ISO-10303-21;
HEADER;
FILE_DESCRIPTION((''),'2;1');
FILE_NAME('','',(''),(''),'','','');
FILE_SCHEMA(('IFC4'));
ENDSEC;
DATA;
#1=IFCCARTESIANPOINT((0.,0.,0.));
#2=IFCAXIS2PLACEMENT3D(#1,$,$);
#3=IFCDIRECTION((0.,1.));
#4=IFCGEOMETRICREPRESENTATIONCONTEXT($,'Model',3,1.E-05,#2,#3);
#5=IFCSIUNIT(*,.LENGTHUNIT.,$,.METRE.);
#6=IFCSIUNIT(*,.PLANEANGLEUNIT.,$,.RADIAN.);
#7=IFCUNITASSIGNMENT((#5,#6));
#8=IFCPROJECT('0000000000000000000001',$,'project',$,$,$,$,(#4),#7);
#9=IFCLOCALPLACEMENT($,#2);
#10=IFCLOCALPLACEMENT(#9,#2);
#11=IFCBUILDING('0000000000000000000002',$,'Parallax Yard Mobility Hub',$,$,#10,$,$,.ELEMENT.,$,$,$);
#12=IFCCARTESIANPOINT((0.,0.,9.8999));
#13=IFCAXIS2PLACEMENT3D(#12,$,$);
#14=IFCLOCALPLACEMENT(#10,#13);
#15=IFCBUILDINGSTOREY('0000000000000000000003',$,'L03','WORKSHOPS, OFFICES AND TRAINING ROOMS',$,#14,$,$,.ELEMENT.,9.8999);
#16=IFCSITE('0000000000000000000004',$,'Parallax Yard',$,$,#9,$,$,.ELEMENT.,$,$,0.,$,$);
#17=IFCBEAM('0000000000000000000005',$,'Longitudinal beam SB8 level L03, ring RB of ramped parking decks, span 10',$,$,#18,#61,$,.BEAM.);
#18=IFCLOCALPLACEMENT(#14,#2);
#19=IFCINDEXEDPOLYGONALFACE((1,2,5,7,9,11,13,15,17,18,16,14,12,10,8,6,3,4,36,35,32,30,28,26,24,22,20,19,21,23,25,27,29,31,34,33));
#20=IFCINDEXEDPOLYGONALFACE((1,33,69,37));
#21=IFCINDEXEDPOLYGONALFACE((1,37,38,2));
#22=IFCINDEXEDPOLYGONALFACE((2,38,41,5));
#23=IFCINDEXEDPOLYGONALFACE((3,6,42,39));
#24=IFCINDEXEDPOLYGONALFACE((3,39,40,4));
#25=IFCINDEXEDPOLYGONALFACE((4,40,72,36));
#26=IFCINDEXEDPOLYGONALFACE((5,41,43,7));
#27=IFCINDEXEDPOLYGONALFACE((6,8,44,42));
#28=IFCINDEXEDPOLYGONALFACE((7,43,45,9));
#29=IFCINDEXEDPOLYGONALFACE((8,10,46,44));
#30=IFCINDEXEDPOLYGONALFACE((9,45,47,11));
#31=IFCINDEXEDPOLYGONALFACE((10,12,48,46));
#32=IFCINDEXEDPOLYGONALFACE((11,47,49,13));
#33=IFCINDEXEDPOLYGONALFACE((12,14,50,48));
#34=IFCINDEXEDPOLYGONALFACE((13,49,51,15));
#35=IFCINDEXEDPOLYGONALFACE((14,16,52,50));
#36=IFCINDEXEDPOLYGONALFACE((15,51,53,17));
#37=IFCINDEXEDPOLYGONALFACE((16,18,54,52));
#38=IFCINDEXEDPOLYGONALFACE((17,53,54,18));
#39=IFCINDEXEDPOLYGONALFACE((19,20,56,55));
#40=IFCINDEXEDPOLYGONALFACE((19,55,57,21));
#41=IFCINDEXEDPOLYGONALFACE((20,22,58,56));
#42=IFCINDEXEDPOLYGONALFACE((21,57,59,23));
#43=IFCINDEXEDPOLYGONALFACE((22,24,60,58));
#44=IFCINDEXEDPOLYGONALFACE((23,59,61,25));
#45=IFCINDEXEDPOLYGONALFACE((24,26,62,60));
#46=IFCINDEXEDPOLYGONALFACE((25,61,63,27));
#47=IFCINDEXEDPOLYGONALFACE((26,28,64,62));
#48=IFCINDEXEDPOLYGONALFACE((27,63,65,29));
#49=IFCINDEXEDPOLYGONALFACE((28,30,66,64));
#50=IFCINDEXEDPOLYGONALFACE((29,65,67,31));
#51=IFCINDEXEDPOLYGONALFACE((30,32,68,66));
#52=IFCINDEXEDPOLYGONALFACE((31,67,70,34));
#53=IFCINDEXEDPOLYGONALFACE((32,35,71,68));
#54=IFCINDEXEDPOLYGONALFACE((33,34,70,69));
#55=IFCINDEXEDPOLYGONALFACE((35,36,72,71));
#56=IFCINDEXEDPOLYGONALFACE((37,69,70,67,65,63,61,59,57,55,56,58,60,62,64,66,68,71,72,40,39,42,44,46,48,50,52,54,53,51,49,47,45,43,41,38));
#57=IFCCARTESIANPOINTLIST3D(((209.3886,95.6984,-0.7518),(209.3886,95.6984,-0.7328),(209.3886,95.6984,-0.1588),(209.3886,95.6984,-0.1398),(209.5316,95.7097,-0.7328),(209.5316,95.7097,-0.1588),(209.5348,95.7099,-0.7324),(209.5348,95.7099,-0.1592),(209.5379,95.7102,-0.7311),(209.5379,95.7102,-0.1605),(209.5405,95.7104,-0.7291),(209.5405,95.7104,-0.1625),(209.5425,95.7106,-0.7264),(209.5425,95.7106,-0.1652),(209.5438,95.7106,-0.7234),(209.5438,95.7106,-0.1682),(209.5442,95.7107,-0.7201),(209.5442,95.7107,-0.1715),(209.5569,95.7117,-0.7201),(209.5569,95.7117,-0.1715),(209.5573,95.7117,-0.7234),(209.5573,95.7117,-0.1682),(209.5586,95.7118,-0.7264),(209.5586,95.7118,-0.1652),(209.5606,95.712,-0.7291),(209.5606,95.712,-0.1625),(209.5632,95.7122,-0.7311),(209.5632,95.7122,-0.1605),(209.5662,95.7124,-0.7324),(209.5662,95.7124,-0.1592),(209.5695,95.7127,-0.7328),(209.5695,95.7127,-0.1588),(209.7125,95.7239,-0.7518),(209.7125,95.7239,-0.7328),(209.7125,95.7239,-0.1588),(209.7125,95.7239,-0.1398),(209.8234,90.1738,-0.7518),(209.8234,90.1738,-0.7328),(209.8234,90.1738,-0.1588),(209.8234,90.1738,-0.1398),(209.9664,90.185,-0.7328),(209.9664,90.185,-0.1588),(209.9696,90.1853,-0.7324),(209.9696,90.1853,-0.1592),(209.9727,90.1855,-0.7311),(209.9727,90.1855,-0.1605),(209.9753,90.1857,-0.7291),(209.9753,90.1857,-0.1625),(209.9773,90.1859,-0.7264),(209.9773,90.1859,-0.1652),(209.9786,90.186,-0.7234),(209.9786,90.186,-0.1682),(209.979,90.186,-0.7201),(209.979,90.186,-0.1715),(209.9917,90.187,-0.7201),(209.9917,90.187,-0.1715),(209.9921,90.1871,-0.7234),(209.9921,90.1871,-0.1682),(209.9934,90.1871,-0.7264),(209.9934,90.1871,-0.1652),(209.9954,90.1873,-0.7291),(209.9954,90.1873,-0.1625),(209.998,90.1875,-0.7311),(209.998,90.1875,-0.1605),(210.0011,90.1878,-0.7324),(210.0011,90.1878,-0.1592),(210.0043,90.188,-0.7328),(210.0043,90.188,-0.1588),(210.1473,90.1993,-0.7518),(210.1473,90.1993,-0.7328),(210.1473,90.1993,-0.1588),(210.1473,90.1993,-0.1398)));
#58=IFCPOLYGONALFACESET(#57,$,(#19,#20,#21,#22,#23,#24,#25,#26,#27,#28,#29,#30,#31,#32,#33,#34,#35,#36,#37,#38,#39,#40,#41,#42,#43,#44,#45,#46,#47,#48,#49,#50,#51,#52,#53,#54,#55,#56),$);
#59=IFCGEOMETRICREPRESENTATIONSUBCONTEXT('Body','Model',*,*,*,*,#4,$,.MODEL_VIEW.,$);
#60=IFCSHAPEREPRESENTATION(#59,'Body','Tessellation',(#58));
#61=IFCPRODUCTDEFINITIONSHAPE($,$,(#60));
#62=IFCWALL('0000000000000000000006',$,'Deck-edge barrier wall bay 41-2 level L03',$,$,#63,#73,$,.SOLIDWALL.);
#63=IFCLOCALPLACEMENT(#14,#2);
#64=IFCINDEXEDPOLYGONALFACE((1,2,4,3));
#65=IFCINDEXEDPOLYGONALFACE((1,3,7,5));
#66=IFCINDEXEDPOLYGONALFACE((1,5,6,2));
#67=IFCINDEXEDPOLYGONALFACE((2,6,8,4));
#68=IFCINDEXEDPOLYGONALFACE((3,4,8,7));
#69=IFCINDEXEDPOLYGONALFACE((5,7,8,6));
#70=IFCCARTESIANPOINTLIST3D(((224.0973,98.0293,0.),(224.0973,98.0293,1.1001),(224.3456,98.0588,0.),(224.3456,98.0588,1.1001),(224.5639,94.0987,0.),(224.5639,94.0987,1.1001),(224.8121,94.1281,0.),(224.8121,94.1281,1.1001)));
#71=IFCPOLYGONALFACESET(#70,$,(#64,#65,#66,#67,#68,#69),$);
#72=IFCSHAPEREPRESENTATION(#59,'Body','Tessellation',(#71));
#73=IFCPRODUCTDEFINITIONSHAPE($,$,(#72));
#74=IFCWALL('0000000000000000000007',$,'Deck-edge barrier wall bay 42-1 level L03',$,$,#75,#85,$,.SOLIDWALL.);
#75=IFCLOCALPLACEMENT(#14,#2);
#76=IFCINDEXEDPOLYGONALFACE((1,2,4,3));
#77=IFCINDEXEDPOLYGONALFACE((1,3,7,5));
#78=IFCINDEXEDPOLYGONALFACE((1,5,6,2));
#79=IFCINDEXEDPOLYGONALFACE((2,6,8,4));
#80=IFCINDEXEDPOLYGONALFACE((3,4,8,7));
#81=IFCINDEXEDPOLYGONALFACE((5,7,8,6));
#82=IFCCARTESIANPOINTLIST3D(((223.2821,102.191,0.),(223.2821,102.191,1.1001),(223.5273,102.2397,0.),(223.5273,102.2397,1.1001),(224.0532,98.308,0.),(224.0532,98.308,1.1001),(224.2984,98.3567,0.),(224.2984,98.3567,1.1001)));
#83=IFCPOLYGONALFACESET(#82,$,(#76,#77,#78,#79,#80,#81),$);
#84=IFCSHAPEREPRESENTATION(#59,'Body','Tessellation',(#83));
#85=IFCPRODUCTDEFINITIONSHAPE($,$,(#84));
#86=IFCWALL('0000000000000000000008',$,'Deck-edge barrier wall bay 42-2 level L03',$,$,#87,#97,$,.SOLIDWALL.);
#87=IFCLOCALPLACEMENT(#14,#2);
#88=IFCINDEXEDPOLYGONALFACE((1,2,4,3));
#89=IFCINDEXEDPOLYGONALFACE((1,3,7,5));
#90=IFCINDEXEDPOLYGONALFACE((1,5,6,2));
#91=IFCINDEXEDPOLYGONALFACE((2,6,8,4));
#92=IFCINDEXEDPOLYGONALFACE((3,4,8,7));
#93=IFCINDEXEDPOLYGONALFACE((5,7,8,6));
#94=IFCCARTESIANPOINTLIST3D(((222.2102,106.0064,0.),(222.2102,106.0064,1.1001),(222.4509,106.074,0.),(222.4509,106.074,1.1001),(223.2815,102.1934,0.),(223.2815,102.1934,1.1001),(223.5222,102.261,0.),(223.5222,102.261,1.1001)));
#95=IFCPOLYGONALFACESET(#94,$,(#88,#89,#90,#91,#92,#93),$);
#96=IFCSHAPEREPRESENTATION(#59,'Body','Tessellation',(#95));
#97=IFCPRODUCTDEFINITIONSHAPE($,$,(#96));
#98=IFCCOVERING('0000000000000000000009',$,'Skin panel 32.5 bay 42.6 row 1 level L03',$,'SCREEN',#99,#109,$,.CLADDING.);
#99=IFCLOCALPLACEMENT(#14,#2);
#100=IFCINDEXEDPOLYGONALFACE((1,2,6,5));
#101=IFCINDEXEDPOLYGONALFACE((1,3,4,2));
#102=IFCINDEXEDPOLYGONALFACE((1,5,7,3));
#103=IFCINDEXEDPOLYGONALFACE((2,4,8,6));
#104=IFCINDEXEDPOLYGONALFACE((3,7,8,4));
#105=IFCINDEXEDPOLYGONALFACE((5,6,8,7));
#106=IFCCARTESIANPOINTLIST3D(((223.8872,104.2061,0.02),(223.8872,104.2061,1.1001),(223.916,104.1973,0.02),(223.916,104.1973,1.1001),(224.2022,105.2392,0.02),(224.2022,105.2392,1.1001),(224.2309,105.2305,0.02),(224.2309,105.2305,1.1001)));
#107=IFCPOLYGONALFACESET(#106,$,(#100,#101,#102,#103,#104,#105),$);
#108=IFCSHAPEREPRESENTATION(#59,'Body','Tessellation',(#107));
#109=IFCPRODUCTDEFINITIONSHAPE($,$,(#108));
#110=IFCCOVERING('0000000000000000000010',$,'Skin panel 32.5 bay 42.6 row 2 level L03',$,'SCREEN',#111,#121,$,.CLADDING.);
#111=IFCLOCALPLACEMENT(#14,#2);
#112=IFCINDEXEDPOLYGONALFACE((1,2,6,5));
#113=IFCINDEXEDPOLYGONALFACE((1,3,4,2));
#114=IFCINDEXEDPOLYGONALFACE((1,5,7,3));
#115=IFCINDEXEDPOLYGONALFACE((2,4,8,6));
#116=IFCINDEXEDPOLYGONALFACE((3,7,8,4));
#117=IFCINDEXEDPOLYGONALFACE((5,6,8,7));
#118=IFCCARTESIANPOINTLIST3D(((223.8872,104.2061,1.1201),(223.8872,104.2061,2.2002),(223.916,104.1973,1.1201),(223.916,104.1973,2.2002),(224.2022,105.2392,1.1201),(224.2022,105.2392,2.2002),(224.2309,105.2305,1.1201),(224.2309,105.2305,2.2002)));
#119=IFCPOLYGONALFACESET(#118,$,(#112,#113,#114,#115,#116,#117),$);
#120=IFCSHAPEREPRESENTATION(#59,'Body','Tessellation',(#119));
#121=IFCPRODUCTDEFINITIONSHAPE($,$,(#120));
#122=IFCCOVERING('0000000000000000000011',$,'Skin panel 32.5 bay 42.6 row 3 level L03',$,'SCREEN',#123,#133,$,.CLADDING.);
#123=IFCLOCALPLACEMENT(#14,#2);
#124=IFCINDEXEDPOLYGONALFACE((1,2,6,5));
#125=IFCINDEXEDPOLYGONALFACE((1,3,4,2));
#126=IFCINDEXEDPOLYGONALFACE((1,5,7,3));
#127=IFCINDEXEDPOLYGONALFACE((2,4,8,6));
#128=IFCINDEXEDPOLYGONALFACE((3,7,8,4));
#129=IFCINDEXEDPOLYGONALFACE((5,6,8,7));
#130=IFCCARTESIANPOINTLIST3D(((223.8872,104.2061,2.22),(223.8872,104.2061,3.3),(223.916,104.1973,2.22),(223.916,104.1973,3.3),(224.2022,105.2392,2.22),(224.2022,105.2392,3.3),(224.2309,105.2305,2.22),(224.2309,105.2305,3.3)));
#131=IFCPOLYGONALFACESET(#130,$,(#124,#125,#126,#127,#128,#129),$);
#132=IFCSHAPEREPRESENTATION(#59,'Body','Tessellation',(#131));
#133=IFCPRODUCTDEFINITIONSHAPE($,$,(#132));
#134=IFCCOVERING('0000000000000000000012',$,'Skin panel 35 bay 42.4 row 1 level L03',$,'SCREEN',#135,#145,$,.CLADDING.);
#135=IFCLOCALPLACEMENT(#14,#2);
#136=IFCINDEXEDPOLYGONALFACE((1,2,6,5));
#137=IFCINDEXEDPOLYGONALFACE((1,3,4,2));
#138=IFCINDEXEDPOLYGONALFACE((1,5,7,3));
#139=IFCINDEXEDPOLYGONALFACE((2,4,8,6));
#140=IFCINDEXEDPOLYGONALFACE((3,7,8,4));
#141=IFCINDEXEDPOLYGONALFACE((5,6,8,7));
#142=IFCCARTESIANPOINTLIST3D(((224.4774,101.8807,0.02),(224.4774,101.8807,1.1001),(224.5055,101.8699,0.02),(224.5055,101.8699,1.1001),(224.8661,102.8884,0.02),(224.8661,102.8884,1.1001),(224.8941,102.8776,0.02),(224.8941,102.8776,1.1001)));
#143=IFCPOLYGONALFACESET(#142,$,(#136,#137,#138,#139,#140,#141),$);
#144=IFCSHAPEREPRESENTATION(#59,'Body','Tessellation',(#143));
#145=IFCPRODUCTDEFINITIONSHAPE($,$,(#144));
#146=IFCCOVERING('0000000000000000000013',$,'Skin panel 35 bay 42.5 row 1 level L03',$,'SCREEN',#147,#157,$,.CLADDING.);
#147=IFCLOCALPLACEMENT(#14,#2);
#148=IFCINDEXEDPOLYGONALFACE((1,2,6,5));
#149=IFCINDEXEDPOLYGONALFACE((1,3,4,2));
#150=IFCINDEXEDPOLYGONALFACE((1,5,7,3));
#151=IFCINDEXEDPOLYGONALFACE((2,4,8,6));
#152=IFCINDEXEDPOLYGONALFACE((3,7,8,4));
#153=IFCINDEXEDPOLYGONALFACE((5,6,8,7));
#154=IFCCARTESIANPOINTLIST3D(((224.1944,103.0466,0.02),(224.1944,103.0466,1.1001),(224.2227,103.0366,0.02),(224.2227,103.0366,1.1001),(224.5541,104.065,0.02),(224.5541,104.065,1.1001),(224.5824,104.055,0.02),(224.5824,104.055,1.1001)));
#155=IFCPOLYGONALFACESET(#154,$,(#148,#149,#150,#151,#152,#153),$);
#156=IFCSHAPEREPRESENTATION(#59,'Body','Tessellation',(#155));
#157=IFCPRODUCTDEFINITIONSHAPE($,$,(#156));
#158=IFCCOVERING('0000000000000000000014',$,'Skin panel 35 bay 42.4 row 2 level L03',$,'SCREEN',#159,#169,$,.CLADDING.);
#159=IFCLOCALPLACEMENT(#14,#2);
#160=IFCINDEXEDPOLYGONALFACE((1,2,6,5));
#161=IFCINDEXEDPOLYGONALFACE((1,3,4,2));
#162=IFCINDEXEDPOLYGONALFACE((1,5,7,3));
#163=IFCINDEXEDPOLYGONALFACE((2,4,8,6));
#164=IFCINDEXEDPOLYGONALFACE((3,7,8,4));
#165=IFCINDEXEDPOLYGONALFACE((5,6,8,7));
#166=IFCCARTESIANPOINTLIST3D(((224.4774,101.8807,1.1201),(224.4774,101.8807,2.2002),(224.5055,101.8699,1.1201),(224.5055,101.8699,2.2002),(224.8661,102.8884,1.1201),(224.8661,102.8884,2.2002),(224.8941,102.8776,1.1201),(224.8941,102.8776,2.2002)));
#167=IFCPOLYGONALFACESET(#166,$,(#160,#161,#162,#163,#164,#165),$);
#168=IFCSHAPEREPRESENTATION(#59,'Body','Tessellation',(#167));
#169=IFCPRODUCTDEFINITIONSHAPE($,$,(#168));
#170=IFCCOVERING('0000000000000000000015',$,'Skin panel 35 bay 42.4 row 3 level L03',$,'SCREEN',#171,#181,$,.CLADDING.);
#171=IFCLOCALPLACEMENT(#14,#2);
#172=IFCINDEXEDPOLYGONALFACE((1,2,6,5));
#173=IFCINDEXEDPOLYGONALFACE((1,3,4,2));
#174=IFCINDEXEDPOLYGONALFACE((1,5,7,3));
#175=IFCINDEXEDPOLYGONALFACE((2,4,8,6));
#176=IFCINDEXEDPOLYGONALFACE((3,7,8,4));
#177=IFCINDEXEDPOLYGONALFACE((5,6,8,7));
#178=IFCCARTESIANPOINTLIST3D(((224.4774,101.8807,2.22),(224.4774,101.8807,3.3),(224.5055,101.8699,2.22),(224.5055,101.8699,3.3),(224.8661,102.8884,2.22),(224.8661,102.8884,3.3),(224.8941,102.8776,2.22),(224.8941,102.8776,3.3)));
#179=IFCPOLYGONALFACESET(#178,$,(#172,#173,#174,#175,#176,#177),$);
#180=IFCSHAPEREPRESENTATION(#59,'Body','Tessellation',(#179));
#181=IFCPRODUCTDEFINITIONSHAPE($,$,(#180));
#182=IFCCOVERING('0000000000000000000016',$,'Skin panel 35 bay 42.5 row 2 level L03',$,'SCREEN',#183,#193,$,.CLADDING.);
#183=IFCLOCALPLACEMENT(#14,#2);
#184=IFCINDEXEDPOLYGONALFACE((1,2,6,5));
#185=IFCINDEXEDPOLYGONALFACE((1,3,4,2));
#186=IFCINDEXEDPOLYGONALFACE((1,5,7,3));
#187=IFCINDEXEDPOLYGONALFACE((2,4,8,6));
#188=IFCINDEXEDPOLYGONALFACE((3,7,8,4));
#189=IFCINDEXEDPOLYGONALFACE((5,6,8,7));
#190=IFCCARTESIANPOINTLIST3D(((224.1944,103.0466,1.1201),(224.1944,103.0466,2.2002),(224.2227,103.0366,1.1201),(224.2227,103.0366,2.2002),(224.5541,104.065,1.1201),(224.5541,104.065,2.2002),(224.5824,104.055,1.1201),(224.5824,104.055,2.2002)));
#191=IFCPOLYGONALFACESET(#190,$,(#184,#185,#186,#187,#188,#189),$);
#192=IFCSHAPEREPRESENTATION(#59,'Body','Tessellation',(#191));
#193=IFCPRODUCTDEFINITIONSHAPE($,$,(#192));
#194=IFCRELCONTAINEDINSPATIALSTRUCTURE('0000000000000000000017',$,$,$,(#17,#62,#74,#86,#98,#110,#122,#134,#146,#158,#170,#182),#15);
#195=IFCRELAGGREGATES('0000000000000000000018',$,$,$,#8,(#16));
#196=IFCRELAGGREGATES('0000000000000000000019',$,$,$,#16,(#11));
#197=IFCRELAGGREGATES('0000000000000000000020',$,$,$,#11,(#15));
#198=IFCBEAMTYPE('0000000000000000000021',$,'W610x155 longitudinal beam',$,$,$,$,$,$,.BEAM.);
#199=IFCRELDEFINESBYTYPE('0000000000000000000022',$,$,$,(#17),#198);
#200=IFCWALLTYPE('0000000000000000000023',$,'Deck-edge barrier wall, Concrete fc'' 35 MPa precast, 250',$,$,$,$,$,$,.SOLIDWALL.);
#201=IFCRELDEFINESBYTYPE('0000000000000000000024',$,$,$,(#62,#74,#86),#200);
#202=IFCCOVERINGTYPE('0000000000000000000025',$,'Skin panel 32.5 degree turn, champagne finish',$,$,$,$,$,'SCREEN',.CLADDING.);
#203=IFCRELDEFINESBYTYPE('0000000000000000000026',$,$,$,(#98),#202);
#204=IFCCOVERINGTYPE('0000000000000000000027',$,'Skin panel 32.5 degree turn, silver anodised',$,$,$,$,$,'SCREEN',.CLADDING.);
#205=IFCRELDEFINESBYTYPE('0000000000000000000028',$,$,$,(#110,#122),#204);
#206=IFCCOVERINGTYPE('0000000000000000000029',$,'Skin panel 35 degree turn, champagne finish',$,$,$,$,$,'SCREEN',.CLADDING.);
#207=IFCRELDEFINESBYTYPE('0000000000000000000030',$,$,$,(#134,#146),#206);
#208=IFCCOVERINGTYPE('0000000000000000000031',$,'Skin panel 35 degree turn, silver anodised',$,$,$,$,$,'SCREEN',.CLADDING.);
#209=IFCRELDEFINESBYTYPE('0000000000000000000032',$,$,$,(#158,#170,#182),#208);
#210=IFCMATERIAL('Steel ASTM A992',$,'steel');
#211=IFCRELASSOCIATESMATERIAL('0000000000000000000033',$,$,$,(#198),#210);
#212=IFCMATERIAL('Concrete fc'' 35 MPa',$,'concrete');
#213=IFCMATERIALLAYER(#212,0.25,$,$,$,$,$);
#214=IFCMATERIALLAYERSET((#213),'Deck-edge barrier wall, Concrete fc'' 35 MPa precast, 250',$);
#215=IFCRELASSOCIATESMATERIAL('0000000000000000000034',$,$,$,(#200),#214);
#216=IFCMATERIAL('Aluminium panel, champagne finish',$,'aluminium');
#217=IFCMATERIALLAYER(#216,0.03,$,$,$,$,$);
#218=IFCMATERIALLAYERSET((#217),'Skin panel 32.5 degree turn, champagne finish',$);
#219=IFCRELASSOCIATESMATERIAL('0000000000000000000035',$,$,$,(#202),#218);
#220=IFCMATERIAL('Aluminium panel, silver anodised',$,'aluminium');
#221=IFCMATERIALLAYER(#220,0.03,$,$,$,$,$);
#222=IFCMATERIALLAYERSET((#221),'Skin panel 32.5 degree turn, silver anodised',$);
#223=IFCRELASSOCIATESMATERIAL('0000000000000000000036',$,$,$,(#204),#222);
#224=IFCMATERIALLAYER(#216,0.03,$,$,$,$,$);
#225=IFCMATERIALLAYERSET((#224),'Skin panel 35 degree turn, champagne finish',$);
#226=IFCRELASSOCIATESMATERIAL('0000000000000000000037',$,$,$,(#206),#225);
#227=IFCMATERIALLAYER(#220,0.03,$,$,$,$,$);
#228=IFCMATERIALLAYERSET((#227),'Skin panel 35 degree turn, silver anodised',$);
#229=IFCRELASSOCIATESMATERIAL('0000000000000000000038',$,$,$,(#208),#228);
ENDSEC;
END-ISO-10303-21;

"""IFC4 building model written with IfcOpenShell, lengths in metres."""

from ifc_helpers import new_model, si_unit, direction, frame, frame_2d, origin, origin_2d, place, context, subcontext, project, spatial, rectangle, i_section, extrude, material, layer, layer_set, material_profile, profile_set, type_object, element, save


model = new_model("IFC4")

# Units and contexts
model_context = context("Model", 3, precision=1e-05, world=origin(), true_north=direction((0.0, 1.0)))
body_context = subcontext(model_context, "Body", "Model", "MODEL_VIEW")
ifc_project = project(units=[si_unit("LENGTHUNIT", "METRE"), si_unit("PLANEANGLEUNIT", "RADIAN")], contexts=[model_context])

# Site, building, storey
site_placement = place(None, origin())
site = spatial("IfcSite", under=ifc_project, at=site_placement, Name="Parallax Yard", CompositionType="ELEMENT", RefElevation=0.0)
building_placement = place(site_placement, origin())
building = spatial("IfcBuilding", under=site, at=building_placement, Name="Parallax Yard Mobility Hub", CompositionType="ELEMENT")
storey_placement = place(building_placement, frame((0.0, 0.0, 9.8999)))
storey = spatial("IfcBuildingStorey", under=building, at=storey_placement, Name="L03", Description="WORKSHOPS, OFFICES AND TRAINING ROOMS", CompositionType="ELEMENT", Elevation=9.8999)

# Shared definitions
ifc_material_1 = material(Name="Steel ASTM A992", Category="steel")

# Beam
ifc_material_profile_1 = material_profile(ifc_material_1, i_section(OverallWidth=0.325, OverallDepth=0.6121, WebThickness=0.0127, FlangeThickness=0.019, FilletRadius=0.0127, at=origin_2d()), Name="W610x155")
ifc_profile_set_1 = profile_set([ifc_material_profile_1], Name="Steel ASTM A992")
beam_type_1 = type_object("IfcBeamType", Name="W610x155 longitudinal beam", PredefinedType="BEAM", material=ifc_profile_set_1)
beam_1_placement = place(storey_placement, frame((209.5505, 95.7112, -0.4458), z_axis=(0.078462, -0.996917, 0.0), x_axis=(0.996917, 0.078462, 0.0)))
element("IfcBeam", 1, at=beam_1_placement, inside=storey, type_object=beam_type_1, Name="Longitudinal beam SB8 level L03, ring RB of ramped parking decks, span 10", PredefinedType="BEAM", context=body_context, shape_type="SweptSolid", body=[
    extrude(i_section(OverallWidth=0.325, OverallDepth=0.6121, WebThickness=0.0127, FlangeThickness=0.019, FilletRadius=0.0127, at=origin_2d()), origin(), (0.0, 0.0, 1.0), 5.5417),
])

# Walls
ifc_material_2 = material(Name="Concrete fc' 35 MPa", Category="concrete")
ifc_layer_1 = layer(ifc_material_2, 0.25)
ifc_layer_set_1 = layer_set([ifc_layer_1], Name="Deck-edge barrier wall, Concrete fc' 35 MPa precast, 250")
wall_type = type_object("IfcWallType", Name="Deck-edge barrier wall, Concrete fc' 35 MPa precast, 250", PredefinedType="SOLIDWALL", material=ifc_layer_set_1)
wall_1_placement = place(storey_placement, frame((224.688, 94.1135, 0.0), z_axis=(0.0, 0.0, 1.0), x_axis=(-0.117868, 0.993029, 0.0)))
element("IfcWall", 2, at=wall_1_placement, inside=storey, type_object=wall_type, Name="Deck-edge barrier wall bay 41-2 level L03", PredefinedType="SOLIDWALL", context=body_context, shape_type="SweptSolid", body=[
    extrude(rectangle(XDim=3.9583, YDim=0.25, at=frame_2d((1.979, 0.0))), origin(), (0.0, 0.0, 1.0), 1.1001),
])
wall_2_placement = place(storey_placement, frame((224.1758, 98.3323, 0.0), z_axis=(0.0, 0.0, 1.0), x_axis=(-0.194764, 0.98085, 0.0)))
element("IfcWall", 3, at=wall_2_placement, inside=storey, type_object=wall_type, Name="Deck-edge barrier wall bay 42-1 level L03", PredefinedType="SOLIDWALL", context=body_context, shape_type="SweptSolid", body=[
    extrude(rectangle(XDim=3.9587, YDim=0.25, at=frame_2d((1.9795, 0.0))), origin(), (0.0, 0.0, 1.0), 1.1001),
])
wall_3_placement = place(storey_placement, frame((223.4019, 102.2271, 0.0), z_axis=(0.0, 0.0, 1.0), x_axis=(-0.270485, 0.962724, 0.0)))
element("IfcWall", 4, at=wall_3_placement, inside=storey, type_object=wall_type, Name="Deck-edge barrier wall bay 42-2 level L03", PredefinedType="SOLIDWALL", context=body_context, shape_type="SweptSolid", body=[
    extrude(rectangle(XDim=3.9607, YDim=0.25, at=frame_2d((1.9805, 0.0))), origin(), (0.0, 0.0, 1.0), 1.1001),
])

# Coverings
ifc_material_3 = material(Name="Aluminium panel, champagne finish", Category="aluminium")
ifc_layer_2 = layer(ifc_material_3, 0.03)
ifc_layer_set_2 = layer_set([ifc_layer_2], Name="Skin panel 32.5 degree turn, champagne finish")
covering_type_1 = type_object("IfcCoveringType", Name="Skin panel 32.5 degree turn, champagne finish", ElementType="SCREEN", PredefinedType="CLADDING", material=ifc_layer_set_2)
covering_placement = place(storey_placement, frame((224.0591, 104.7183, 0.02), z_axis=(0.0, 0.0, 1.0), x_axis=(0.291612, 0.956537, 0.0)))
element("IfcCovering", 5, at=covering_placement, inside=storey, type_object=covering_type_1, Name="Skin panel 32.5 bay 42.6 row 1 level L03", ObjectType="SCREEN", PredefinedType="CLADDING", context=body_context, shape_type="SweptSolid", body=[
    extrude(rectangle(XDim=1.0801, YDim=0.03, at=origin_2d()), origin(), (0.0, 0.0, 1.0), 1.0801),
])
ifc_material_4 = material(Name="Aluminium panel, silver anodised", Category="aluminium")
ifc_layer_3 = layer(ifc_material_4, 0.03)
ifc_layer_set_3 = layer_set([ifc_layer_3], Name="Skin panel 32.5 degree turn, silver anodised")
covering_type_2 = type_object("IfcCoveringType", Name="Skin panel 32.5 degree turn, silver anodised", ElementType="SCREEN", PredefinedType="CLADDING", material=ifc_layer_set_3)
for number, where, z_axis, x_axis, name in (
    (6, (224.0591, 104.7183, 1.1201), (0.0, 0.0, 1.0), (0.291612, 0.956537, 0.0), "Skin panel 32.5 bay 42.6 row 2 level L03"),
    (7, (224.0591, 104.7183, 2.22), (0.0, 0.0, 1.0), (0.291612, 0.956537, 0.0), "Skin panel 32.5 bay 42.6 row 3 level L03"),
):
    element("IfcCovering", number, at=place(storey_placement, frame(where, z_axis=z_axis, x_axis=x_axis)), inside=storey, type_object=covering_type_2, Name=name, ObjectType="SCREEN", PredefinedType="CLADDING", context=body_context, shape_type="SweptSolid", body=[
        extrude(rectangle(XDim=1.0801, YDim=0.03, at=origin_2d()), origin(), (0.0, 0.0, 1.0), 1.0801),
    ])
ifc_layer_4 = layer(ifc_material_3, 0.03)
ifc_layer_set_4 = layer_set([ifc_layer_4], Name="Skin panel 35 degree turn, champagne finish")
covering_type_3 = type_object("IfcCoveringType", Name="Skin panel 35 degree turn, champagne finish", ElementType="SCREEN", PredefinedType="CLADDING", material=ifc_layer_set_4)
for number, where, z_axis, x_axis, name in (
    (8, (224.6858, 102.3792, 0.02), (0.0, 0.0, 1.0), (0.359849, 0.933011, 0.0), "Skin panel 35 bay 42.4 row 1 level L03"),
    (9, (224.3884, 103.5508, 0.02), (0.0, 0.0, 1.0), (0.333058, 0.942906, 0.0), "Skin panel 35 bay 42.5 row 1 level L03"),
):
    element("IfcCovering", number, at=place(storey_placement, frame(where, z_axis=z_axis, x_axis=x_axis)), inside=storey, type_object=covering_type_3, Name=name, ObjectType="SCREEN", PredefinedType="CLADDING", context=body_context, shape_type="SweptSolid", body=[
        extrude(rectangle(XDim=1.0801, YDim=0.03, at=origin_2d()), origin(), (0.0, 0.0, 1.0), 1.0801),
    ])
ifc_layer_5 = layer(ifc_material_4, 0.03)
ifc_layer_set_5 = layer_set([ifc_layer_5], Name="Skin panel 35 degree turn, silver anodised")
covering_type_4 = type_object("IfcCoveringType", Name="Skin panel 35 degree turn, silver anodised", ElementType="SCREEN", PredefinedType="CLADDING", material=ifc_layer_set_5)
for number, where, z_axis, x_axis, name in (
    (10, (224.6858, 102.3792, 1.1201), (0.0, 0.0, 1.0), (0.359849, 0.933011, 0.0), "Skin panel 35 bay 42.4 row 2 level L03"),
    (11, (224.6858, 102.3792, 2.22), (0.0, 0.0, 1.0), (0.359849, 0.933011, 0.0), "Skin panel 35 bay 42.4 row 3 level L03"),
    (12, (224.3884, 103.5508, 1.1201), (0.0, 0.0, 1.0), (0.333058, 0.942906, 0.0), "Skin panel 35 bay 42.5 row 2 level L03"),
):
    element("IfcCovering", number, at=place(storey_placement, frame(where, z_axis=z_axis, x_axis=x_axis)), inside=storey, type_object=covering_type_4, Name=name, ObjectType="SCREEN", PredefinedType="CLADDING", context=body_context, shape_type="SweptSolid", body=[
        extrude(rectangle(XDim=1.0801, YDim=0.03, at=origin_2d()), origin(), (0.0, 0.0, 1.0), 1.0801),
    ])

save(model, "model.ifc")
